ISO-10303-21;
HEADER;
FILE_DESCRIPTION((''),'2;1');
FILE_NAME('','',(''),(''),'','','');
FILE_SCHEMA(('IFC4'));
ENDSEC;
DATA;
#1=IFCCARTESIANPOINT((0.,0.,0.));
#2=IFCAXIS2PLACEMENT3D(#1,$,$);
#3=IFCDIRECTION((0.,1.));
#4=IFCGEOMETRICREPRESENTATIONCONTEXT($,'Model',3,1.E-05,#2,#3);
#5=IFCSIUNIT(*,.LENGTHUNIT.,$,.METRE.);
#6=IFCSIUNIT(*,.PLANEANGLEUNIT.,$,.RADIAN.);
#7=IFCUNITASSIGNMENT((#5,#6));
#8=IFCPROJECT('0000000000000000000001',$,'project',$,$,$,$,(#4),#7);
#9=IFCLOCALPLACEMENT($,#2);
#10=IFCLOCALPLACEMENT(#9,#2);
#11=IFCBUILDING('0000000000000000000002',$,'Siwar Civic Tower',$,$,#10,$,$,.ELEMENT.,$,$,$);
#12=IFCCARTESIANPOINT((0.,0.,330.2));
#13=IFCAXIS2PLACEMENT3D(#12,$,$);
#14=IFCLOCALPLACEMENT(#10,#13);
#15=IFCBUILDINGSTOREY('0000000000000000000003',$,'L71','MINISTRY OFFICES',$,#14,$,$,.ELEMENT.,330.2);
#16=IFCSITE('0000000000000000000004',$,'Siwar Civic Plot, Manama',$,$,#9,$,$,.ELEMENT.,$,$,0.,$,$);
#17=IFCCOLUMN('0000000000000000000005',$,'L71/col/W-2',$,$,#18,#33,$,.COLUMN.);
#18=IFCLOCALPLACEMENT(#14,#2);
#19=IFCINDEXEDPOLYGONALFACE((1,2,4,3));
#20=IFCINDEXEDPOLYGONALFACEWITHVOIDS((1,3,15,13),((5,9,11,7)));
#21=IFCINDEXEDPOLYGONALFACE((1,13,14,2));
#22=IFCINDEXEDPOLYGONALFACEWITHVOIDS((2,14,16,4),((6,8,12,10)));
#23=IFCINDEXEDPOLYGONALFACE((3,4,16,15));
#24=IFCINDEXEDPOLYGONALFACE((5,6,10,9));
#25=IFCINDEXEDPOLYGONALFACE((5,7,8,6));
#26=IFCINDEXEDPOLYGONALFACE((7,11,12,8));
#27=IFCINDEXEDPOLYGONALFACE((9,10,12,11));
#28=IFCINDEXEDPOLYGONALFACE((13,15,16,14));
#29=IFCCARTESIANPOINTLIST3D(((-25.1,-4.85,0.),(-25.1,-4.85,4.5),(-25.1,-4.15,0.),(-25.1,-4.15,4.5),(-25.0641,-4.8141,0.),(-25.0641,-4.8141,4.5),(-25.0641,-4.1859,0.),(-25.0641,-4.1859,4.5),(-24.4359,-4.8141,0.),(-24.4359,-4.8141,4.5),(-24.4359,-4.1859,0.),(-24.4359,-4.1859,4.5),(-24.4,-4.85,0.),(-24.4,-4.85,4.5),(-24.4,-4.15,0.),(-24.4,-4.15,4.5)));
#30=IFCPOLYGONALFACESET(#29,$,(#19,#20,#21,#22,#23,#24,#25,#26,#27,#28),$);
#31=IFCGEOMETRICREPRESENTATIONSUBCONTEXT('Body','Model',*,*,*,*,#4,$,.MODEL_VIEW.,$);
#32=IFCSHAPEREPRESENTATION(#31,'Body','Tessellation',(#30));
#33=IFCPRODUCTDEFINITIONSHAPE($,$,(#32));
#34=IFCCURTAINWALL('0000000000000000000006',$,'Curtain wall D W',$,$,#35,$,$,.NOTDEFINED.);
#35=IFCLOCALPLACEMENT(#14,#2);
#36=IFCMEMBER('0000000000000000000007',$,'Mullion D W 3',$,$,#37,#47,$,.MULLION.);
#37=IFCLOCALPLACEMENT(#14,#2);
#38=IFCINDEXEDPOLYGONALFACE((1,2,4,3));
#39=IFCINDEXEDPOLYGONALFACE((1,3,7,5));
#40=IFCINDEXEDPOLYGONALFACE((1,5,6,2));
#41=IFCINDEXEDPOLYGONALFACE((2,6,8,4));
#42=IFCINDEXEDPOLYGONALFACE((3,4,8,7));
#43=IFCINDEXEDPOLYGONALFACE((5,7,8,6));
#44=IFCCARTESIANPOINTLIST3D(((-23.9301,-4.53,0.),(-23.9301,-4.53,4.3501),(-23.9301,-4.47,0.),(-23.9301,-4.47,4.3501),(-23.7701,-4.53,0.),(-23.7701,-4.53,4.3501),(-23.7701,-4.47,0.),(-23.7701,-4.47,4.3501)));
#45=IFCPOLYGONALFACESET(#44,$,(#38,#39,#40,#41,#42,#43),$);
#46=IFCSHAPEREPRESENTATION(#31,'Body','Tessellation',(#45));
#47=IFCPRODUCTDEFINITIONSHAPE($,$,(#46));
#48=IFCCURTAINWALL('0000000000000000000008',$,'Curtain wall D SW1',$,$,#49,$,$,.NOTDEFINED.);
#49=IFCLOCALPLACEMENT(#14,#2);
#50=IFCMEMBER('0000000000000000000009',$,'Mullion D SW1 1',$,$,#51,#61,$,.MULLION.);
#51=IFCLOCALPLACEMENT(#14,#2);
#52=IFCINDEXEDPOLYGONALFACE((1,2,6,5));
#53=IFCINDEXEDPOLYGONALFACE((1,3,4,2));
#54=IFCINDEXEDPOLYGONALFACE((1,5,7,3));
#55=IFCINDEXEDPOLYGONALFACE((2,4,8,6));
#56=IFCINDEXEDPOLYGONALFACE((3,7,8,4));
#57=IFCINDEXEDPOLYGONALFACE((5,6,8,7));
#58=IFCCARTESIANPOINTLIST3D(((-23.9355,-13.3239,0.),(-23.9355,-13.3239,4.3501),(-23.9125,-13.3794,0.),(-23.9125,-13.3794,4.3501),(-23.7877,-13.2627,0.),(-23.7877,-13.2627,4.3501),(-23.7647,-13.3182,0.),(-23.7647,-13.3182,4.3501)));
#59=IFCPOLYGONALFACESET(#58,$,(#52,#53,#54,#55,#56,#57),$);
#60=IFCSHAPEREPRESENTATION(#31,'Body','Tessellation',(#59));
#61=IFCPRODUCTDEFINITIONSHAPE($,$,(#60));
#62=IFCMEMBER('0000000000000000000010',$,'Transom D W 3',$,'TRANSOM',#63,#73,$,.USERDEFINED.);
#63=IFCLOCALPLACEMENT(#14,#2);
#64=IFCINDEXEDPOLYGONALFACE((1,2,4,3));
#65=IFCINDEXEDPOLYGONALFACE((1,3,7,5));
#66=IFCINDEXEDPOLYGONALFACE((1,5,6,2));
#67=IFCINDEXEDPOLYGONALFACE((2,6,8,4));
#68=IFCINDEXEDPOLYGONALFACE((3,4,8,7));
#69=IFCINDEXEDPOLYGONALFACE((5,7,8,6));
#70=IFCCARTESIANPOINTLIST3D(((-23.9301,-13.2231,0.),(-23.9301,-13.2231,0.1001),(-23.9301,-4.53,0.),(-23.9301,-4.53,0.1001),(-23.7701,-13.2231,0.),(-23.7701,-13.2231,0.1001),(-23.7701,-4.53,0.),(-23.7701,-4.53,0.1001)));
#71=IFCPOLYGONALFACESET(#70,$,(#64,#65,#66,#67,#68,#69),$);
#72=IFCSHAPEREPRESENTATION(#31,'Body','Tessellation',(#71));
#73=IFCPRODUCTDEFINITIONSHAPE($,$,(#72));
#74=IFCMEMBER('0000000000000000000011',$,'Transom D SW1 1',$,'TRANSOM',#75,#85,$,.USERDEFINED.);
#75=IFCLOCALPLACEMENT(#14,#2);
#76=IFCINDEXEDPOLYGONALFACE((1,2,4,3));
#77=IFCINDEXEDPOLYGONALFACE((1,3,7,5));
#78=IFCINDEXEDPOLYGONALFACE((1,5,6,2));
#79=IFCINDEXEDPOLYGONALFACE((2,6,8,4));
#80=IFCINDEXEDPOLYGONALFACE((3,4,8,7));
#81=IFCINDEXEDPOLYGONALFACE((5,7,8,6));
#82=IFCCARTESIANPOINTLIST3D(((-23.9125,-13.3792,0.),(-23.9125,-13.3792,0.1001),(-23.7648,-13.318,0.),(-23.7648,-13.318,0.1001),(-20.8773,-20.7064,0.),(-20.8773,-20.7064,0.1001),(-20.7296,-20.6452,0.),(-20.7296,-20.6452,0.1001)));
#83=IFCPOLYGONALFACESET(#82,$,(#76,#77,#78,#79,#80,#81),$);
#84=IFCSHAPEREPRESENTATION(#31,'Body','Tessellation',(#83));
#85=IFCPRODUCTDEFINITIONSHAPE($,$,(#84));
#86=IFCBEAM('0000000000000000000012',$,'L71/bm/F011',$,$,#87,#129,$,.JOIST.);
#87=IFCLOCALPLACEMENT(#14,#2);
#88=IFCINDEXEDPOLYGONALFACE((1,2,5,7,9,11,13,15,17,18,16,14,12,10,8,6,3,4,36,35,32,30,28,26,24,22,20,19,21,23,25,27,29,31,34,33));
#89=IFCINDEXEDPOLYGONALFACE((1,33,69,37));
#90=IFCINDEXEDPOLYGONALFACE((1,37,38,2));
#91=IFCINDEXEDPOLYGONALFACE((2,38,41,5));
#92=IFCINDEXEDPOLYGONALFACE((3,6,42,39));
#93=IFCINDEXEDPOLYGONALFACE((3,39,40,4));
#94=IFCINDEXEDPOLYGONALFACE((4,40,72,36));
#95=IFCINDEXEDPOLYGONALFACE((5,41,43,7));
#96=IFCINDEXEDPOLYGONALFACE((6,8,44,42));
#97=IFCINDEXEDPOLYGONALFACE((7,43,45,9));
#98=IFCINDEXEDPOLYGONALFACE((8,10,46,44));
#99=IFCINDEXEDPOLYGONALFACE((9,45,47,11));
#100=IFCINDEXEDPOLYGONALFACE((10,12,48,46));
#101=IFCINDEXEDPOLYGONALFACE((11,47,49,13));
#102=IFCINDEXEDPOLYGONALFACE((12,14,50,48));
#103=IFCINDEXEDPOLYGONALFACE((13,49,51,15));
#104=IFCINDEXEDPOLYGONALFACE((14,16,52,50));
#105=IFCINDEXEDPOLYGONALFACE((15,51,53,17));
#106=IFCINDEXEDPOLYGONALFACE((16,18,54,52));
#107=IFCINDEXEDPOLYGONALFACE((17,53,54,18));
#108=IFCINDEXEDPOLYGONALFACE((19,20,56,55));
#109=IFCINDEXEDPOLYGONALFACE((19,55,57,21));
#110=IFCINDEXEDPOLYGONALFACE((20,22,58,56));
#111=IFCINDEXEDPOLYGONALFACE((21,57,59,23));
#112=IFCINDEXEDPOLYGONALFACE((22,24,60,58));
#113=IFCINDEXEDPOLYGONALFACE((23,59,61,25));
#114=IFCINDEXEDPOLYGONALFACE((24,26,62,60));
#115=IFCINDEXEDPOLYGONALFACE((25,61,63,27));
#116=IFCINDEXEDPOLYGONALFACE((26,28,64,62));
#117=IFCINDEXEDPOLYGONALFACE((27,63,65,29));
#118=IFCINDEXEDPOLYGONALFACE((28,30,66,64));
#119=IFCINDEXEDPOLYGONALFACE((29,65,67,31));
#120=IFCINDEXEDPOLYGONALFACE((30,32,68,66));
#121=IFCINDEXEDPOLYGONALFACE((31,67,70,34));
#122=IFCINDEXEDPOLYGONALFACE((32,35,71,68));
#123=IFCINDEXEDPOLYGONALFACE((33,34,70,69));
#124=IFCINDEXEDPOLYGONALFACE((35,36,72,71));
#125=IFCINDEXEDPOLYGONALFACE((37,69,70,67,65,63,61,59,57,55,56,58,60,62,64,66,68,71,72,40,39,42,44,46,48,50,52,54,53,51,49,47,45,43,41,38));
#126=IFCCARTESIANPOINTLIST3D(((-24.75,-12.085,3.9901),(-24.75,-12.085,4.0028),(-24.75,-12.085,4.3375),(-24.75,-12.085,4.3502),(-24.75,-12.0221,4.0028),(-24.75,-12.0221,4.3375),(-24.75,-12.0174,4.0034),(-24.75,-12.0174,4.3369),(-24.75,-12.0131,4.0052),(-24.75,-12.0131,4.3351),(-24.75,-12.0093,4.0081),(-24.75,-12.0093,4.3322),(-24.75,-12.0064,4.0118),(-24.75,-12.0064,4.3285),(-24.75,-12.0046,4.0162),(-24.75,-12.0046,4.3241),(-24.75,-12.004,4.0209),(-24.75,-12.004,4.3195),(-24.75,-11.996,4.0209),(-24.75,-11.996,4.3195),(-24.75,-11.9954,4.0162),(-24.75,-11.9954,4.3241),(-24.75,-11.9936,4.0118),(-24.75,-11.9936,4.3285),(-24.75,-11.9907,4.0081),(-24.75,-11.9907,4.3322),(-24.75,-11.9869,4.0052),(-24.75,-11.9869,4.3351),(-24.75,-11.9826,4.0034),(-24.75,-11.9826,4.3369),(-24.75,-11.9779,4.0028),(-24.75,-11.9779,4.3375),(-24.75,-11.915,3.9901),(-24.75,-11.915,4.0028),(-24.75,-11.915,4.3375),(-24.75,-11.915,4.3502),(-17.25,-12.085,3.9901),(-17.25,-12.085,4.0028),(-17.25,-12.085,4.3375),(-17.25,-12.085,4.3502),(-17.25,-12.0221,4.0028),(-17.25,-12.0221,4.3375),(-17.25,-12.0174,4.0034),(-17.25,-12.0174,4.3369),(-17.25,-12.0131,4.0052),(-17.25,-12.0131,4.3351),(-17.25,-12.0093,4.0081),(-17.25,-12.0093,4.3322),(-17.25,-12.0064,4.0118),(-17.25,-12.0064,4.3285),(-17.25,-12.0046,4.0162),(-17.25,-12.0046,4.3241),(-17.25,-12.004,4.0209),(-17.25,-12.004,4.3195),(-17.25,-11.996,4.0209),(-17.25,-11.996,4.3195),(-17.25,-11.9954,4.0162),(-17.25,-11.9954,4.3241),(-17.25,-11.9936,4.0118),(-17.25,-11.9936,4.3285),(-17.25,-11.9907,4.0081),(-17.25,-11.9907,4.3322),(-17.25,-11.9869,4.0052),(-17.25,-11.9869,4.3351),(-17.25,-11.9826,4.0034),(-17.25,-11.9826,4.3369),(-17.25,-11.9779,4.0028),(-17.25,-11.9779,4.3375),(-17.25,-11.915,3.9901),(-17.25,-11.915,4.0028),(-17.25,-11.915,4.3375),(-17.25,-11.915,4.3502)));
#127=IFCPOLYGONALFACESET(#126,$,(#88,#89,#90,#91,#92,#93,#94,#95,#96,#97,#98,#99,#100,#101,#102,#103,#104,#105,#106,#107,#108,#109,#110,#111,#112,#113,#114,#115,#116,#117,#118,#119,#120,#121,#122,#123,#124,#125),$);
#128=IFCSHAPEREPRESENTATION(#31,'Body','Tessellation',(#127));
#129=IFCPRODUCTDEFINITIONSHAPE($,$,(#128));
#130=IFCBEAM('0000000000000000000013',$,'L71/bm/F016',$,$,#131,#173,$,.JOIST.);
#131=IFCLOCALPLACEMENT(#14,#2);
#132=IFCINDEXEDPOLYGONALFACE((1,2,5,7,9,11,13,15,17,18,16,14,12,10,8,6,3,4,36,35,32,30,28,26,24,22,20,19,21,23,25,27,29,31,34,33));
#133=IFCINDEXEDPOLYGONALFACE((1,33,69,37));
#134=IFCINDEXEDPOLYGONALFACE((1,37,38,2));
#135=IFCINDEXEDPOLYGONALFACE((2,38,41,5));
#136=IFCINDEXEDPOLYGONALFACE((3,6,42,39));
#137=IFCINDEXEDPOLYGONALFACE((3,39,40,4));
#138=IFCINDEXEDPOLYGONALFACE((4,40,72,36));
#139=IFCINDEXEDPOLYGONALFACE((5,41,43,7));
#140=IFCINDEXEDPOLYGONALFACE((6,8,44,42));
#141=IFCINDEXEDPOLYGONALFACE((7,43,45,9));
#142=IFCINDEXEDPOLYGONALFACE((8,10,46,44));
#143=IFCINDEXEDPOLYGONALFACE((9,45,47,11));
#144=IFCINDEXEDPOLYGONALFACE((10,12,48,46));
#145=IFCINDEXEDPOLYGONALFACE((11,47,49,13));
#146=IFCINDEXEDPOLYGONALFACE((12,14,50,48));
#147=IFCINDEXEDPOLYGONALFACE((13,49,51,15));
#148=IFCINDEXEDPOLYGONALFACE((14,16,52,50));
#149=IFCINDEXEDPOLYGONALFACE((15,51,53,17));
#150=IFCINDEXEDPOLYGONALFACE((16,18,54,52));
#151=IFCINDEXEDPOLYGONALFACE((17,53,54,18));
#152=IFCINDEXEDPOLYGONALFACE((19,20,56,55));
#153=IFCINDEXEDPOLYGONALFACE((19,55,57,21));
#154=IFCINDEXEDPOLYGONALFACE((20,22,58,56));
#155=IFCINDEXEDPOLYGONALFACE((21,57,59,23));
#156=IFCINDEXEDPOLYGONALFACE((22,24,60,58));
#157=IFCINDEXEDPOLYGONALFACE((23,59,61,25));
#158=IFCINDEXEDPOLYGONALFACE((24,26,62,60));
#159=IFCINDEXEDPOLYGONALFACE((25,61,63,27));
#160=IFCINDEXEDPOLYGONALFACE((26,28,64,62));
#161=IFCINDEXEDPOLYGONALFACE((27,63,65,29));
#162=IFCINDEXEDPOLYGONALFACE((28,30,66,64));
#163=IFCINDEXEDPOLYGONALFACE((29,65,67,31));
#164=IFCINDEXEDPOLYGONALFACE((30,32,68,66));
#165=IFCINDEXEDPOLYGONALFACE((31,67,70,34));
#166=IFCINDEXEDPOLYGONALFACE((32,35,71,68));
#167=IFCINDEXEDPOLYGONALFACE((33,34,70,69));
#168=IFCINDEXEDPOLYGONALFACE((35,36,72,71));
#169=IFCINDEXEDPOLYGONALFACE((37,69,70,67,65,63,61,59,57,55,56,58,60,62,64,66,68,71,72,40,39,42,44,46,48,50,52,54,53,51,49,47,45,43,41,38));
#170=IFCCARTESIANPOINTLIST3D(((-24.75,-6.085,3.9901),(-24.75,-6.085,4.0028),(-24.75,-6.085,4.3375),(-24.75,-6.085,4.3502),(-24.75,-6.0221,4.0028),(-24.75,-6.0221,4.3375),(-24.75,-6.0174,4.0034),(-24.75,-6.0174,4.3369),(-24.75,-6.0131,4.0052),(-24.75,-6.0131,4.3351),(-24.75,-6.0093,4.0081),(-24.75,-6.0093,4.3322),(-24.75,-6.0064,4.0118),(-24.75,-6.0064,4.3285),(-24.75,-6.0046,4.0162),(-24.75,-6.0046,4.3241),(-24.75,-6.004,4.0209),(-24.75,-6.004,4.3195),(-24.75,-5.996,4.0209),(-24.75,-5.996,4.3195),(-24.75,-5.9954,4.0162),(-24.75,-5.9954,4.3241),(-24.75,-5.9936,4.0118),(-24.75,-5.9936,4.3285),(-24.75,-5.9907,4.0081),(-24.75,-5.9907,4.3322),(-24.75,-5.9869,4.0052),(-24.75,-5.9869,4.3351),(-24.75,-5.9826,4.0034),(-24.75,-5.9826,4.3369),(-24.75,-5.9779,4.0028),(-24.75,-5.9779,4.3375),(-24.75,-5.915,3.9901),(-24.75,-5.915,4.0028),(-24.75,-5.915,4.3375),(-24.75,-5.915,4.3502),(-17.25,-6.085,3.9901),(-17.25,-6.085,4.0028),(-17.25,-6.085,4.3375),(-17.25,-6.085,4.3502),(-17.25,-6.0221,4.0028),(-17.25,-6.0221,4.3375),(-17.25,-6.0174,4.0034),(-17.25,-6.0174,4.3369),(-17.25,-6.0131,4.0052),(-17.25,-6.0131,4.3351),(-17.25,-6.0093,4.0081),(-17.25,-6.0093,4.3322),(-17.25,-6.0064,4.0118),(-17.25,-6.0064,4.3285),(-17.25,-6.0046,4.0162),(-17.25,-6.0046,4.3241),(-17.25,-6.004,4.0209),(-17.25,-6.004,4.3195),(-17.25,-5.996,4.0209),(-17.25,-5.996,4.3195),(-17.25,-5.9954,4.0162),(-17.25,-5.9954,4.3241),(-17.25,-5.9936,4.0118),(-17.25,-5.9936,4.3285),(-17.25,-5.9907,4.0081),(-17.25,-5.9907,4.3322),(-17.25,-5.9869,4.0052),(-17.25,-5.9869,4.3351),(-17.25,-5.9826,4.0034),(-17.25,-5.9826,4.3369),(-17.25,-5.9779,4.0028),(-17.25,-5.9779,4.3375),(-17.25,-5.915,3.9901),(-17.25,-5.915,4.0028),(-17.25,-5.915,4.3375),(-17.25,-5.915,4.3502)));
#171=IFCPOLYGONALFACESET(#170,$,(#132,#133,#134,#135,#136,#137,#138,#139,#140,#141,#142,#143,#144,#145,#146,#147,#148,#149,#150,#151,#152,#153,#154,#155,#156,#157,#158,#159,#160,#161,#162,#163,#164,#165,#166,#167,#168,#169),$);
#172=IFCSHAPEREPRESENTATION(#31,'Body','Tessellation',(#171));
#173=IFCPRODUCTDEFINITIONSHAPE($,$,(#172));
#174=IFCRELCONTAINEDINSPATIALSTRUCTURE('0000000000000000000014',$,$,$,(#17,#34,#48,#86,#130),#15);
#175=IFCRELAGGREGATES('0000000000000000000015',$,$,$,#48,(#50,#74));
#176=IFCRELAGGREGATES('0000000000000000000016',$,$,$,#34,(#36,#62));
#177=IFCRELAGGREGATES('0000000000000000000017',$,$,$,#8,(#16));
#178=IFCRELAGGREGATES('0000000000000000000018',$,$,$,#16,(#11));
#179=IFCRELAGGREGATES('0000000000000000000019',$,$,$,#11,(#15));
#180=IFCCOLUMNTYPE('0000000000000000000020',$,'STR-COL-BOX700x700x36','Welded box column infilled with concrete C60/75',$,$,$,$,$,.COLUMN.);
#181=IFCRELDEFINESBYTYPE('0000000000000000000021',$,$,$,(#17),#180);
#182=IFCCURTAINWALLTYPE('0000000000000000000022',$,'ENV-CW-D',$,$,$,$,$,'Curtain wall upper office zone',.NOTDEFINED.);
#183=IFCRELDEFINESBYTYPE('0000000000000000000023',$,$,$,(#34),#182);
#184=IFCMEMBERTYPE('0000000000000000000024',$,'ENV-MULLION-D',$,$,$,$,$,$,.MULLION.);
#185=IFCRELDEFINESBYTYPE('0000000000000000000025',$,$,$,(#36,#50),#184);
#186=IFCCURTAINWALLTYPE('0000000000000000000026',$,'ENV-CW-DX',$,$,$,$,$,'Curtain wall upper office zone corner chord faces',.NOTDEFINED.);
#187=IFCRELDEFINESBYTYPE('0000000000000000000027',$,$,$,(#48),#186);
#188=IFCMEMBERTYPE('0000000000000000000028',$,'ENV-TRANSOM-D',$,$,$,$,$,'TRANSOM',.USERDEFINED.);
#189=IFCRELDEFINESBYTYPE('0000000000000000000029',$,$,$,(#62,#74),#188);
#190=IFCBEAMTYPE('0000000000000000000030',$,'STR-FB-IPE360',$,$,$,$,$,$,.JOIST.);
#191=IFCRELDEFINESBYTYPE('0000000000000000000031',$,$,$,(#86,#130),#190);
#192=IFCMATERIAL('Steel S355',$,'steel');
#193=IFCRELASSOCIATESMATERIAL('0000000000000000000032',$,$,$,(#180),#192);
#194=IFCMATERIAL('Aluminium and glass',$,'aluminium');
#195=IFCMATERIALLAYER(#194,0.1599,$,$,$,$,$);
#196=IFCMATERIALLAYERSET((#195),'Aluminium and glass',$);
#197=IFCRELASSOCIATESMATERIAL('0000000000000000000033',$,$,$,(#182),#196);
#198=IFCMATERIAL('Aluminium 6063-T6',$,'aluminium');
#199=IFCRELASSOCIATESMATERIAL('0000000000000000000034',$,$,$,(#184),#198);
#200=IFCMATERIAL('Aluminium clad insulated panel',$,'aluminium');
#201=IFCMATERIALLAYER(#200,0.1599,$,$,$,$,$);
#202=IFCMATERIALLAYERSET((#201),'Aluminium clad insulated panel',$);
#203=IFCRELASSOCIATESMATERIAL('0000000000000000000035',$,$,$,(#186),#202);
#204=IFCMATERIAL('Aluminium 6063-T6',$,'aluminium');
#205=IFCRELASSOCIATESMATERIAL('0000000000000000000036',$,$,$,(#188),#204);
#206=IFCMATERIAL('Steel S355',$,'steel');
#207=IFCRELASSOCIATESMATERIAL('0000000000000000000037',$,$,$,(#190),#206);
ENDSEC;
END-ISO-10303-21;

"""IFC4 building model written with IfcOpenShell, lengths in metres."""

from ifc_helpers import new_model, si_unit, direction, frame, origin, origin_2d, place, context, subcontext, project, spatial, rectangle, hollow_rectangle, i_section, extrude, material, layer, layer_set, material_profile, profile_set, type_object, element, aggregate, save


model = new_model("IFC4")

# Units and contexts
model_context = context("Model", 3, precision=1e-05, world=origin(), true_north=direction((0.0, 1.0)))
body_context = subcontext(model_context, "Body", "Model", "MODEL_VIEW")
ifc_project = project(units=[si_unit("LENGTHUNIT", "METRE"), si_unit("PLANEANGLEUNIT", "RADIAN")], contexts=[model_context])

# Site, building, storey
site_placement = place(None, origin())
site = spatial("IfcSite", under=ifc_project, at=site_placement, Name="Siwar Civic Plot, Manama", CompositionType="ELEMENT", RefElevation=0.0)
building_placement = place(site_placement, origin())
building = spatial("IfcBuilding", under=site, at=building_placement, Name="Siwar Civic Tower", CompositionType="ELEMENT")
storey_placement = place(building_placement, frame((0.0, 0.0, 330.2)))
storey = spatial("IfcBuildingStorey", under=building, at=storey_placement, Name="L71", Description="MINISTRY OFFICES", CompositionType="ELEMENT", Elevation=330.2)

# Column
ifc_material_1 = material(Name="Steel S355", Category="steel")
ifc_material_profile_1 = material_profile(ifc_material_1, hollow_rectangle(XDim=0.7, YDim=0.7, WallThickness=0.0359, at=origin_2d()), Name="BOX700x700x36")
ifc_profile_set_1 = profile_set([ifc_material_profile_1], Name="Steel S355")
column_type = type_object("IfcColumnType", Name="STR-COL-BOX700x700x36", Description="Welded box column infilled with concrete C60/75", PredefinedType="COLUMN", material=ifc_profile_set_1)
column_placement = place(storey_placement, frame((-24.75, -4.5, 0.0), z_axis=(0.0, 0.0, 1.0), x_axis=(1.0, 0.0, 0.0)))
element("IfcColumn", 1, at=column_placement, inside=storey, type_object=column_type, Name="L71/col/W-2", PredefinedType="COLUMN", context=body_context, shape_type="SweptSolid", body=[
    extrude(hollow_rectangle(XDim=0.7, YDim=0.7, WallThickness=0.0359, at=origin_2d()), origin(), (0.0, 0.0, 1.0), 4.5),
])

# Curtain walls, members
ifc_material_2 = material(Name="Aluminium and glass", Category="aluminium")
ifc_layer_1 = layer(ifc_material_2, 0.1599)
ifc_layer_set_1 = layer_set([ifc_layer_1], Name="Aluminium and glass")
curtain_wall_type_1 = type_object("IfcCurtainWallType", Name="ENV-CW-D", ElementType="Curtain wall upper office zone", PredefinedType="NOTDEFINED", material=ifc_layer_set_1)
curtain_wall_1_placement = place(storey_placement, origin())
curtain_wall_1 = element("IfcCurtainWall", 2, at=curtain_wall_1_placement, inside=storey, type_object=curtain_wall_type_1, Name="Curtain wall D W", PredefinedType="NOTDEFINED")
ifc_material_3 = material(Name="Aluminium 6063-T6", Category="aluminium")
ifc_material_profile_2 = material_profile(ifc_material_3, rectangle(XDim=0.1599, YDim=0.0601, at=origin_2d()), Name="AL 160x60")
ifc_profile_set_2 = profile_set([ifc_material_profile_2], Name="Aluminium 6063-T6")
member_type_1 = type_object("IfcMemberType", Name="ENV-MULLION-D", PredefinedType="MULLION", material=ifc_profile_set_2)
member_1_placement = place(storey_placement, frame((-23.8501, -4.5, 0.0), z_axis=(0.0, 0.0, 1.0), x_axis=(1.0, 0.0, 0.0)))
member_1 = element("IfcMember", 3, at=member_1_placement, type_object=member_type_1, Name="Mullion D W 3", PredefinedType="MULLION", context=body_context, shape_type="SweptSolid", body=[
    extrude(rectangle(XDim=0.1599, YDim=0.0601, at=origin_2d()), origin(), (0.0, 0.0, 1.0), 4.3501),
])
ifc_material_4 = material(Name="Aluminium clad insulated panel", Category="aluminium")
ifc_layer_2 = layer(ifc_material_4, 0.1599)
ifc_layer_set_2 = layer_set([ifc_layer_2], Name="Aluminium clad insulated panel")
curtain_wall_type_2 = type_object("IfcCurtainWallType", Name="ENV-CW-DX", ElementType="Curtain wall upper office zone corner chord faces", PredefinedType="NOTDEFINED", material=ifc_layer_set_2)
curtain_wall_2_placement = place(storey_placement, origin())
curtain_wall_2 = element("IfcCurtainWall", 4, at=curtain_wall_2_placement, inside=storey, type_object=curtain_wall_type_2, Name="Curtain wall D SW1", PredefinedType="NOTDEFINED")
member_2_placement = place(storey_placement, frame((-23.8501, -13.321, 0.0), z_axis=(0.0, 0.0, 1.0), x_axis=(0.92388, 0.382683, 0.0)))
member_2 = element("IfcMember", 5, at=member_2_placement, type_object=member_type_1, Name="Mullion D SW1 1", PredefinedType="MULLION", context=body_context, shape_type="SweptSolid", body=[
    extrude(rectangle(XDim=0.1599, YDim=0.0601, at=origin_2d()), origin(), (0.0, 0.0, 1.0), 4.3501),
])

# Members
ifc_material_5 = material(Name="Aluminium 6063-T6", Category="aluminium")
ifc_material_profile_3 = material_profile(ifc_material_5, rectangle(XDim=0.1599, YDim=0.1001, at=origin_2d()), Name="AL 160x100")
ifc_profile_set_3 = profile_set([ifc_material_profile_3], Name="Aluminium 6063-T6")
member_type_2 = type_object("IfcMemberType", Name="ENV-TRANSOM-D", ElementType="TRANSOM", PredefinedType="USERDEFINED", material=ifc_profile_set_3)
member_3_placement = place(storey_placement, frame((-23.8501, -4.53, 0.05), z_axis=(0.0, -1.0, 0.0), x_axis=(1.0, 0.0, 0.0)))
member_3 = element("IfcMember", 6, at=member_3_placement, type_object=member_type_2, Name="Transom D W 3", ObjectType="TRANSOM", PredefinedType="USERDEFINED", context=body_context, shape_type="SweptSolid", body=[
    extrude(rectangle(XDim=0.1599, YDim=0.1001, at=origin_2d()), origin(), (0.0, 0.0, 1.0), 8.6931),
])
member_4_placement = place(storey_placement, frame((-23.8386, -13.3486, 0.05), z_axis=(0.3827, -0.923873, 0.0), x_axis=(0.923873, 0.3827, 0.0)))
member_4 = element("IfcMember", 7, at=member_4_placement, type_object=member_type_2, Name="Transom D SW1 1", ObjectType="TRANSOM", PredefinedType="USERDEFINED", context=body_context, shape_type="SweptSolid", body=[
    extrude(rectangle(XDim=0.1599, YDim=0.1001, at=origin_2d()), origin(), (0.0, 0.0, 1.0), 7.9309),
])
aggregate(curtain_wall_2, [member_2, member_4])

# Beams
ifc_material_6 = material(Name="Steel S355", Category="steel")
ifc_material_profile_4 = material_profile(ifc_material_6, i_section(OverallWidth=0.1699, OverallDepth=0.3601, WebThickness=0.0081, FlangeThickness=0.0127, FilletRadius=0.0181, at=origin_2d()), Name="IPE360")
ifc_profile_set_4 = profile_set([ifc_material_profile_4], Name="Steel S355")
beam_type_1 = type_object("IfcBeamType", Name="STR-FB-IPE360", PredefinedType="JOIST", material=ifc_profile_set_4)
for number, where, z_axis, x_axis, name in (
    (8, (-24.75, -12.0, 4.1702), (1.0, 0.0, 0.0), (0.0, 1.0, 0.0), "L71/bm/F011"),
    (9, (-24.75, -6.0, 4.1702), (1.0, 0.0, 0.0), (0.0, 1.0, 0.0), "L71/bm/F016"),
):
    element("IfcBeam", number, at=place(storey_placement, frame(where, z_axis=z_axis, x_axis=x_axis)), inside=storey, type_object=beam_type_1, Name=name, PredefinedType="JOIST", context=body_context, shape_type="SweptSolid", body=[
        extrude(i_section(OverallWidth=0.1699, OverallDepth=0.3601, WebThickness=0.0081, FlangeThickness=0.0127, FilletRadius=0.0181, at=origin_2d()), origin(), (0.0, 0.0, 1.0), 7.5),
    ])

aggregate(curtain_wall_1, [member_1, member_3])

save(model, "model.ifc")
